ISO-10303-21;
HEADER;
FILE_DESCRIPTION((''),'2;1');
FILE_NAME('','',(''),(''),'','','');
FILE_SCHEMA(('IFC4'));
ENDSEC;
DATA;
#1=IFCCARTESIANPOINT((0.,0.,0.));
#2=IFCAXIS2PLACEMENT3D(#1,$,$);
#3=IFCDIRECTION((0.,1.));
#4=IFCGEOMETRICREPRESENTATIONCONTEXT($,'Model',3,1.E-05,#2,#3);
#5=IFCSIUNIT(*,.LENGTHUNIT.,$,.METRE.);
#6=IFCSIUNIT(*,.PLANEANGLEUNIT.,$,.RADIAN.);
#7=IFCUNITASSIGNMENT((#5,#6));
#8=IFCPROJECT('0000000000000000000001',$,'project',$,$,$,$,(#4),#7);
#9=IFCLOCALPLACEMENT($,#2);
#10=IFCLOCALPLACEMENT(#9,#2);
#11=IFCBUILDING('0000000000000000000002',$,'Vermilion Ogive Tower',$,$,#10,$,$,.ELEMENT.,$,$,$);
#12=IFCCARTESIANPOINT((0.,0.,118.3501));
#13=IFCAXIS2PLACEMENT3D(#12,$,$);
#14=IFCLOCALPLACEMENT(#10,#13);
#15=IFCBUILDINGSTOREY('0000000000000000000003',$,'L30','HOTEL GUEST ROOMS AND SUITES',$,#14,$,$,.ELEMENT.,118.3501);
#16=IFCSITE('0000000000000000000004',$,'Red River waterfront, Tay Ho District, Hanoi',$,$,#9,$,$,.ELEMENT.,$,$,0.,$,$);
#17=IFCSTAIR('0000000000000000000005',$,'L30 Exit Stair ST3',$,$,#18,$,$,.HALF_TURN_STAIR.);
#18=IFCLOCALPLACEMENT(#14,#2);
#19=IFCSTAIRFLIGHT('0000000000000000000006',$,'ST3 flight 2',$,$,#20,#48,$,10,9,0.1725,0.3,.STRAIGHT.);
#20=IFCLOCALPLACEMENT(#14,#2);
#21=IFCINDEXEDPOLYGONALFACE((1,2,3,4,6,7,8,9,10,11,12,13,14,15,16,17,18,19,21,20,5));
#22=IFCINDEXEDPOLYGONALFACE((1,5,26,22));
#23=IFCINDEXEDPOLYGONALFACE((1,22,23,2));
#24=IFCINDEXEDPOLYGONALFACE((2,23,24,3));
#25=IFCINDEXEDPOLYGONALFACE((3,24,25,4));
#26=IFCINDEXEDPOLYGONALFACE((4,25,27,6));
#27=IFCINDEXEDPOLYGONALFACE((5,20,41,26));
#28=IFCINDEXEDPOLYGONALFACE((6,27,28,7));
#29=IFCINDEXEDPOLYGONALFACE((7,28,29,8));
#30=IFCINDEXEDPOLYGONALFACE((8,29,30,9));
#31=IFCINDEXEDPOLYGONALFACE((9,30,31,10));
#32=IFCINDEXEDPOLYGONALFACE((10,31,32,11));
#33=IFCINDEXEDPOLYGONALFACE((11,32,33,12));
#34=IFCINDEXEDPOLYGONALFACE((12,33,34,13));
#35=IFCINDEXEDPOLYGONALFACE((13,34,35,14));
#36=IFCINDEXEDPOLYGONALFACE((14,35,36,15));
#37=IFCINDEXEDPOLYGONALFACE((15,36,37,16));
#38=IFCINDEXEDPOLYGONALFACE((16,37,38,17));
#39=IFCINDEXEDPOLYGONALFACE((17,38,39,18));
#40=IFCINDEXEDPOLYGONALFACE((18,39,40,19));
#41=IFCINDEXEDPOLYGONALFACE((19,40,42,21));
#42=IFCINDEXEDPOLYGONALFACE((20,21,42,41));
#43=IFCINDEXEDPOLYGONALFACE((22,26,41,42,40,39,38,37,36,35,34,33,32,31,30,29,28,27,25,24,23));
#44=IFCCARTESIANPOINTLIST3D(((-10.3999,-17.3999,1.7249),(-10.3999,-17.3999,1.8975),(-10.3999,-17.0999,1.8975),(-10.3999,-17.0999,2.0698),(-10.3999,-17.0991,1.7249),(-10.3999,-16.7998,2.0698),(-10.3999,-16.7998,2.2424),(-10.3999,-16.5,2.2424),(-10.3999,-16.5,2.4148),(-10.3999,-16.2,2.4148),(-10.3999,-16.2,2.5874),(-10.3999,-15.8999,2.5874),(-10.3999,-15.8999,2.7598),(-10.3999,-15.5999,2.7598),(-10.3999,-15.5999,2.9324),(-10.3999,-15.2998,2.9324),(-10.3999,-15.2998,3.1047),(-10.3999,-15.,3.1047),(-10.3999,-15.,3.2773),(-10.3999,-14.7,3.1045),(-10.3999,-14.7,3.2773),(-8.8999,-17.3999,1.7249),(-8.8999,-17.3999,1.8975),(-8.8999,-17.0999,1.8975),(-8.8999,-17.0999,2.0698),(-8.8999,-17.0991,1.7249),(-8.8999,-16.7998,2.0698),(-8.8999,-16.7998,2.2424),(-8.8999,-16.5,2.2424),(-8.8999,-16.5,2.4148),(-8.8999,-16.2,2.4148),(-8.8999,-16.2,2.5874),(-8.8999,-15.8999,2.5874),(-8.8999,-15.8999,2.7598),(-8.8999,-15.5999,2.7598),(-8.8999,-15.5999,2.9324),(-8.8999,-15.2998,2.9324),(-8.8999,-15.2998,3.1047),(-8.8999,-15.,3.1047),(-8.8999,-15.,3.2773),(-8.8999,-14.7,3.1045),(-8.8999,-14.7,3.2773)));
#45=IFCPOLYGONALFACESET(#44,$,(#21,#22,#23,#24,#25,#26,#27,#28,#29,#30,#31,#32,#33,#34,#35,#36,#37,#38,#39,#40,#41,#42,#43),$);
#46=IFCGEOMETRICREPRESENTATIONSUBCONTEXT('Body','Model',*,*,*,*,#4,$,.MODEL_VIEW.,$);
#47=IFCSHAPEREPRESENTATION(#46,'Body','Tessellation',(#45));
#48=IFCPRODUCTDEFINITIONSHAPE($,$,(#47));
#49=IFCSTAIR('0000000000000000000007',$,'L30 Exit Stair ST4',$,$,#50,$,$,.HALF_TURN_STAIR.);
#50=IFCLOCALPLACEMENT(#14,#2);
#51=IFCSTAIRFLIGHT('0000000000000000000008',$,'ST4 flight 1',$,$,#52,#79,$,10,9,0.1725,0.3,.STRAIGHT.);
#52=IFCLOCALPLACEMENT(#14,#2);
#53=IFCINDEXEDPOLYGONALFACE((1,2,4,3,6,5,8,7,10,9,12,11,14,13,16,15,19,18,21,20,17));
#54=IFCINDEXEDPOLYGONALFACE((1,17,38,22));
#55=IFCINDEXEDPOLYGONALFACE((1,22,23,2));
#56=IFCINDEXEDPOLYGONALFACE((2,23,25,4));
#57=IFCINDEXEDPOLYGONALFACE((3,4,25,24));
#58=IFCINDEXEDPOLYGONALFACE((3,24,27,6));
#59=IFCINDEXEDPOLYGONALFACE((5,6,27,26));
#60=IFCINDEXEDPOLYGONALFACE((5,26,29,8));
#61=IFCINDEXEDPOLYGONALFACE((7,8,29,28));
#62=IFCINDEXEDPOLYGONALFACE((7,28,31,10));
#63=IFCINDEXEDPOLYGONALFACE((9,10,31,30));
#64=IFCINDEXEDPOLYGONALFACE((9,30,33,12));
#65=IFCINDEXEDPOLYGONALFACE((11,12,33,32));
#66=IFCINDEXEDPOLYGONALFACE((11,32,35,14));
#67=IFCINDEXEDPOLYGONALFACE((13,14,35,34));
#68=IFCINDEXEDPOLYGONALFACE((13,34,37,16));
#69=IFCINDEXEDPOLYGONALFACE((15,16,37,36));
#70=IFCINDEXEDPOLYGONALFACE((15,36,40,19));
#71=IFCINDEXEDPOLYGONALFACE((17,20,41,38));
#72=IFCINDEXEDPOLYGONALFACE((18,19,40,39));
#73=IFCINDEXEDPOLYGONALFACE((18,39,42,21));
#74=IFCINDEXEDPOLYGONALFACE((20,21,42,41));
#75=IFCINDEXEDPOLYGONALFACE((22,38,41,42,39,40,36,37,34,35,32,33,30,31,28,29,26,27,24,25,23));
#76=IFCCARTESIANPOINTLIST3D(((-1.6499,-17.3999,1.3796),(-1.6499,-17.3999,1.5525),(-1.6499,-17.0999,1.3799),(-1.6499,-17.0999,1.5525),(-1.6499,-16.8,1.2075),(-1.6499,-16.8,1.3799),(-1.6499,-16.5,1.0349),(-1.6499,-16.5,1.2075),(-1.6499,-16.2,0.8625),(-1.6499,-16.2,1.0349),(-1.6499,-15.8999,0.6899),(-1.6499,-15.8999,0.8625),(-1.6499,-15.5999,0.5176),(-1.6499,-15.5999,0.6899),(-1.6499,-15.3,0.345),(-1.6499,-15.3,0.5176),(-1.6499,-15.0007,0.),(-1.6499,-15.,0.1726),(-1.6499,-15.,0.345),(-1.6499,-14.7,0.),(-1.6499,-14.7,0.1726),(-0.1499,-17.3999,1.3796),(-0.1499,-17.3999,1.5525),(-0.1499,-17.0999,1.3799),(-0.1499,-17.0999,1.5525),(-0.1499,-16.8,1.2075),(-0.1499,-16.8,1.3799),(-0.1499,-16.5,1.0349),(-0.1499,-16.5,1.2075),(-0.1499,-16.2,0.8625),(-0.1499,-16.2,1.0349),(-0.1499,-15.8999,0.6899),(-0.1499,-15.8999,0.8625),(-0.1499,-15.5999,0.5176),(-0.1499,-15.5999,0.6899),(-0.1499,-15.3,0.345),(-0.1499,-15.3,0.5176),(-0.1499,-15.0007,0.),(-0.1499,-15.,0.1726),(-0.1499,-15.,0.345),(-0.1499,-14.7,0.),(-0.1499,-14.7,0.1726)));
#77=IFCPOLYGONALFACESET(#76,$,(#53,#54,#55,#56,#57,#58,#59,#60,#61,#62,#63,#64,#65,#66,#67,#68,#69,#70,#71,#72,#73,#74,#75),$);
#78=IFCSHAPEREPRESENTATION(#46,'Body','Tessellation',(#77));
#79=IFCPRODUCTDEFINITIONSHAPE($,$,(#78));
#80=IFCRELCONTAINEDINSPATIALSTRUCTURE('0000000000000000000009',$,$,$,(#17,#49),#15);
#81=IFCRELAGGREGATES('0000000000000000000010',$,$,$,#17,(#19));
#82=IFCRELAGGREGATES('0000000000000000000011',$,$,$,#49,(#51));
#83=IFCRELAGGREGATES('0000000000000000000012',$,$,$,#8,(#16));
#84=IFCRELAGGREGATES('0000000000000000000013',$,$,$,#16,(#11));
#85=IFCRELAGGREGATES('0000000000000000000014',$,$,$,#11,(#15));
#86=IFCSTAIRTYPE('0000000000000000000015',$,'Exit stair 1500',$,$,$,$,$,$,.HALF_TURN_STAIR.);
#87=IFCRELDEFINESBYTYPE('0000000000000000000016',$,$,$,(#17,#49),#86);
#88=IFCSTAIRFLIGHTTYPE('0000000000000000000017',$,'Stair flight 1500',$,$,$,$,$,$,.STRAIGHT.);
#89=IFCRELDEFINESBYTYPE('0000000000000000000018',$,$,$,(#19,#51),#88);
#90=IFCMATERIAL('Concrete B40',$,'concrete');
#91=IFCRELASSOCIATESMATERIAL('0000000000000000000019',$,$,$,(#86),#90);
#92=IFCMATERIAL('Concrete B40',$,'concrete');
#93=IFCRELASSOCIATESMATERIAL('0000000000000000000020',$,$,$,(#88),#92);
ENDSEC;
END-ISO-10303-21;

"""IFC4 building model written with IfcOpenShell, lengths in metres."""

from ifc_helpers import new_model, si_unit, direction, frame, origin, place, context, subcontext, project, spatial, polyline, outline, extrude, material, type_object, element, aggregate, save


model = new_model("IFC4")

# Units and contexts
model_context = context("Model", 3, precision=1e-05, world=origin(), true_north=direction((0.0, 1.0)))
body_context = subcontext(model_context, "Body", "Model", "MODEL_VIEW")
ifc_project = project(units=[si_unit("LENGTHUNIT", "METRE"), si_unit("PLANEANGLEUNIT", "RADIAN")], contexts=[model_context])

# Site, building, storey
site_placement = place(None, origin())
site = spatial("IfcSite", under=ifc_project, at=site_placement, Name="Red River waterfront, Tay Ho District, Hanoi", CompositionType="ELEMENT", RefElevation=0.0)
building_placement = place(site_placement, origin())
building = spatial("IfcBuilding", under=site, at=building_placement, Name="Vermilion Ogive Tower", CompositionType="ELEMENT")
storey_placement = place(building_placement, frame((0.0, 0.0, 118.3501)))
storey = spatial("IfcBuildingStorey", under=building, at=storey_placement, Name="L30", Description="HOTEL GUEST ROOMS AND SUITES", CompositionType="ELEMENT", Elevation=118.3501)

# Stairs, stair flights
ifc_material_1 = material(Name="Concrete B40", Category="concrete")
stair_type = type_object("IfcStairType", Name="Exit stair 1500", PredefinedType="HALF_TURN_STAIR", material=ifc_material_1)
stair_1_placement = place(storey_placement, origin())
stair_1 = element("IfcStair", 1, at=stair_1_placement, inside=storey, type_object=stair_type, Name="L30 Exit Stair ST3", PredefinedType="HALF_TURN_STAIR")
ifc_material_2 = material(Name="Concrete B40", Category="concrete")
stair_flight_type = type_object("IfcStairFlightType", Name="Stair flight 1500", PredefinedType="STRAIGHT", material=ifc_material_2)
stair_flight_1_placement = place(storey_placement, frame((-9.6499, -17.3999, 1.7249), z_axis=(0.0, 0.0, 1.0), x_axis=(0.0, 1.0, 0.0)))
stair_flight_1 = element("IfcStairFlight", 2, at=stair_flight_1_placement, type_object=stair_flight_type, Name="ST3 flight 2", NumberOfRisers=10, NumberOfTreads=9, PredefinedType="STRAIGHT", RiserHeight=0.1725, TreadLength=0.3, context=body_context, shape_type="SweptSolid", body=[
    extrude(outline(polyline([(0.0, 0.0), (0.0, 0.1726), (0.3, 0.1726), (0.3, 0.345), (0.6001, 0.345), (0.6001, 0.5176), (0.8999, 0.5176), (0.8999, 0.6899), (1.2, 0.6899), (1.2, 0.8625), (1.5, 0.8625), (1.5, 1.0349), (1.8, 1.0349), (1.8, 1.2075), (2.1001, 1.2075), (2.1001, 1.3799), (2.3999, 1.3799), (2.3999, 1.5525), (2.7, 1.5525), (2.7, 1.7251), (2.7, 1.3796), (0.3008, 0.0), (0.0, 0.0)])), frame((0.0, 0.75, 0.0), z_axis=(0.0, -1.0, 0.0), x_axis=(1.0, 0.0, 0.0)), (0.0, 0.0, 1.0), 1.5),
])
aggregate(stair_1, [stair_flight_1])
stair_2_placement = place(storey_placement, origin())
stair_2 = element("IfcStair", 3, at=stair_2_placement, inside=storey, type_object=stair_type, Name="L30 Exit Stair ST4", PredefinedType="HALF_TURN_STAIR")
stair_flight_2_placement = place(storey_placement, frame((-0.8999, -14.7, 0.0), z_axis=(0.0, 0.0, 1.0), x_axis=(0.0, -1.0, 0.0)))
stair_flight_2 = element("IfcStairFlight", 4, at=stair_flight_2_placement, type_object=stair_flight_type, Name="ST4 flight 1", NumberOfRisers=10, NumberOfTreads=9, PredefinedType="STRAIGHT", RiserHeight=0.1725, TreadLength=0.3, context=body_context, shape_type="SweptSolid", body=[
    extrude(outline(polyline([(0.0, 0.0), (0.0, 0.1726), (0.3, 0.1726), (0.3, 0.345), (0.6001, 0.345), (0.6001, 0.5176), (0.8999, 0.5176), (0.8999, 0.6899), (1.2, 0.6899), (1.2, 0.8625), (1.5, 0.8625), (1.5, 1.0349), (1.8, 1.0349), (1.8, 1.2075), (2.1001, 1.2075), (2.1001, 1.3799), (2.3999, 1.3799), (2.3999, 1.5525), (2.7, 1.5525), (2.7, 1.7251), (2.7, 1.3796), (0.3008, 0.0), (0.0, 0.0)])), frame((0.0, 0.75, 0.0), z_axis=(0.0, -1.0, 0.0), x_axis=(1.0, 0.0, 0.0)), (0.0, 0.0, 1.0), 1.5),
])
aggregate(stair_2, [stair_flight_2])

save(model, "model.ifc")
